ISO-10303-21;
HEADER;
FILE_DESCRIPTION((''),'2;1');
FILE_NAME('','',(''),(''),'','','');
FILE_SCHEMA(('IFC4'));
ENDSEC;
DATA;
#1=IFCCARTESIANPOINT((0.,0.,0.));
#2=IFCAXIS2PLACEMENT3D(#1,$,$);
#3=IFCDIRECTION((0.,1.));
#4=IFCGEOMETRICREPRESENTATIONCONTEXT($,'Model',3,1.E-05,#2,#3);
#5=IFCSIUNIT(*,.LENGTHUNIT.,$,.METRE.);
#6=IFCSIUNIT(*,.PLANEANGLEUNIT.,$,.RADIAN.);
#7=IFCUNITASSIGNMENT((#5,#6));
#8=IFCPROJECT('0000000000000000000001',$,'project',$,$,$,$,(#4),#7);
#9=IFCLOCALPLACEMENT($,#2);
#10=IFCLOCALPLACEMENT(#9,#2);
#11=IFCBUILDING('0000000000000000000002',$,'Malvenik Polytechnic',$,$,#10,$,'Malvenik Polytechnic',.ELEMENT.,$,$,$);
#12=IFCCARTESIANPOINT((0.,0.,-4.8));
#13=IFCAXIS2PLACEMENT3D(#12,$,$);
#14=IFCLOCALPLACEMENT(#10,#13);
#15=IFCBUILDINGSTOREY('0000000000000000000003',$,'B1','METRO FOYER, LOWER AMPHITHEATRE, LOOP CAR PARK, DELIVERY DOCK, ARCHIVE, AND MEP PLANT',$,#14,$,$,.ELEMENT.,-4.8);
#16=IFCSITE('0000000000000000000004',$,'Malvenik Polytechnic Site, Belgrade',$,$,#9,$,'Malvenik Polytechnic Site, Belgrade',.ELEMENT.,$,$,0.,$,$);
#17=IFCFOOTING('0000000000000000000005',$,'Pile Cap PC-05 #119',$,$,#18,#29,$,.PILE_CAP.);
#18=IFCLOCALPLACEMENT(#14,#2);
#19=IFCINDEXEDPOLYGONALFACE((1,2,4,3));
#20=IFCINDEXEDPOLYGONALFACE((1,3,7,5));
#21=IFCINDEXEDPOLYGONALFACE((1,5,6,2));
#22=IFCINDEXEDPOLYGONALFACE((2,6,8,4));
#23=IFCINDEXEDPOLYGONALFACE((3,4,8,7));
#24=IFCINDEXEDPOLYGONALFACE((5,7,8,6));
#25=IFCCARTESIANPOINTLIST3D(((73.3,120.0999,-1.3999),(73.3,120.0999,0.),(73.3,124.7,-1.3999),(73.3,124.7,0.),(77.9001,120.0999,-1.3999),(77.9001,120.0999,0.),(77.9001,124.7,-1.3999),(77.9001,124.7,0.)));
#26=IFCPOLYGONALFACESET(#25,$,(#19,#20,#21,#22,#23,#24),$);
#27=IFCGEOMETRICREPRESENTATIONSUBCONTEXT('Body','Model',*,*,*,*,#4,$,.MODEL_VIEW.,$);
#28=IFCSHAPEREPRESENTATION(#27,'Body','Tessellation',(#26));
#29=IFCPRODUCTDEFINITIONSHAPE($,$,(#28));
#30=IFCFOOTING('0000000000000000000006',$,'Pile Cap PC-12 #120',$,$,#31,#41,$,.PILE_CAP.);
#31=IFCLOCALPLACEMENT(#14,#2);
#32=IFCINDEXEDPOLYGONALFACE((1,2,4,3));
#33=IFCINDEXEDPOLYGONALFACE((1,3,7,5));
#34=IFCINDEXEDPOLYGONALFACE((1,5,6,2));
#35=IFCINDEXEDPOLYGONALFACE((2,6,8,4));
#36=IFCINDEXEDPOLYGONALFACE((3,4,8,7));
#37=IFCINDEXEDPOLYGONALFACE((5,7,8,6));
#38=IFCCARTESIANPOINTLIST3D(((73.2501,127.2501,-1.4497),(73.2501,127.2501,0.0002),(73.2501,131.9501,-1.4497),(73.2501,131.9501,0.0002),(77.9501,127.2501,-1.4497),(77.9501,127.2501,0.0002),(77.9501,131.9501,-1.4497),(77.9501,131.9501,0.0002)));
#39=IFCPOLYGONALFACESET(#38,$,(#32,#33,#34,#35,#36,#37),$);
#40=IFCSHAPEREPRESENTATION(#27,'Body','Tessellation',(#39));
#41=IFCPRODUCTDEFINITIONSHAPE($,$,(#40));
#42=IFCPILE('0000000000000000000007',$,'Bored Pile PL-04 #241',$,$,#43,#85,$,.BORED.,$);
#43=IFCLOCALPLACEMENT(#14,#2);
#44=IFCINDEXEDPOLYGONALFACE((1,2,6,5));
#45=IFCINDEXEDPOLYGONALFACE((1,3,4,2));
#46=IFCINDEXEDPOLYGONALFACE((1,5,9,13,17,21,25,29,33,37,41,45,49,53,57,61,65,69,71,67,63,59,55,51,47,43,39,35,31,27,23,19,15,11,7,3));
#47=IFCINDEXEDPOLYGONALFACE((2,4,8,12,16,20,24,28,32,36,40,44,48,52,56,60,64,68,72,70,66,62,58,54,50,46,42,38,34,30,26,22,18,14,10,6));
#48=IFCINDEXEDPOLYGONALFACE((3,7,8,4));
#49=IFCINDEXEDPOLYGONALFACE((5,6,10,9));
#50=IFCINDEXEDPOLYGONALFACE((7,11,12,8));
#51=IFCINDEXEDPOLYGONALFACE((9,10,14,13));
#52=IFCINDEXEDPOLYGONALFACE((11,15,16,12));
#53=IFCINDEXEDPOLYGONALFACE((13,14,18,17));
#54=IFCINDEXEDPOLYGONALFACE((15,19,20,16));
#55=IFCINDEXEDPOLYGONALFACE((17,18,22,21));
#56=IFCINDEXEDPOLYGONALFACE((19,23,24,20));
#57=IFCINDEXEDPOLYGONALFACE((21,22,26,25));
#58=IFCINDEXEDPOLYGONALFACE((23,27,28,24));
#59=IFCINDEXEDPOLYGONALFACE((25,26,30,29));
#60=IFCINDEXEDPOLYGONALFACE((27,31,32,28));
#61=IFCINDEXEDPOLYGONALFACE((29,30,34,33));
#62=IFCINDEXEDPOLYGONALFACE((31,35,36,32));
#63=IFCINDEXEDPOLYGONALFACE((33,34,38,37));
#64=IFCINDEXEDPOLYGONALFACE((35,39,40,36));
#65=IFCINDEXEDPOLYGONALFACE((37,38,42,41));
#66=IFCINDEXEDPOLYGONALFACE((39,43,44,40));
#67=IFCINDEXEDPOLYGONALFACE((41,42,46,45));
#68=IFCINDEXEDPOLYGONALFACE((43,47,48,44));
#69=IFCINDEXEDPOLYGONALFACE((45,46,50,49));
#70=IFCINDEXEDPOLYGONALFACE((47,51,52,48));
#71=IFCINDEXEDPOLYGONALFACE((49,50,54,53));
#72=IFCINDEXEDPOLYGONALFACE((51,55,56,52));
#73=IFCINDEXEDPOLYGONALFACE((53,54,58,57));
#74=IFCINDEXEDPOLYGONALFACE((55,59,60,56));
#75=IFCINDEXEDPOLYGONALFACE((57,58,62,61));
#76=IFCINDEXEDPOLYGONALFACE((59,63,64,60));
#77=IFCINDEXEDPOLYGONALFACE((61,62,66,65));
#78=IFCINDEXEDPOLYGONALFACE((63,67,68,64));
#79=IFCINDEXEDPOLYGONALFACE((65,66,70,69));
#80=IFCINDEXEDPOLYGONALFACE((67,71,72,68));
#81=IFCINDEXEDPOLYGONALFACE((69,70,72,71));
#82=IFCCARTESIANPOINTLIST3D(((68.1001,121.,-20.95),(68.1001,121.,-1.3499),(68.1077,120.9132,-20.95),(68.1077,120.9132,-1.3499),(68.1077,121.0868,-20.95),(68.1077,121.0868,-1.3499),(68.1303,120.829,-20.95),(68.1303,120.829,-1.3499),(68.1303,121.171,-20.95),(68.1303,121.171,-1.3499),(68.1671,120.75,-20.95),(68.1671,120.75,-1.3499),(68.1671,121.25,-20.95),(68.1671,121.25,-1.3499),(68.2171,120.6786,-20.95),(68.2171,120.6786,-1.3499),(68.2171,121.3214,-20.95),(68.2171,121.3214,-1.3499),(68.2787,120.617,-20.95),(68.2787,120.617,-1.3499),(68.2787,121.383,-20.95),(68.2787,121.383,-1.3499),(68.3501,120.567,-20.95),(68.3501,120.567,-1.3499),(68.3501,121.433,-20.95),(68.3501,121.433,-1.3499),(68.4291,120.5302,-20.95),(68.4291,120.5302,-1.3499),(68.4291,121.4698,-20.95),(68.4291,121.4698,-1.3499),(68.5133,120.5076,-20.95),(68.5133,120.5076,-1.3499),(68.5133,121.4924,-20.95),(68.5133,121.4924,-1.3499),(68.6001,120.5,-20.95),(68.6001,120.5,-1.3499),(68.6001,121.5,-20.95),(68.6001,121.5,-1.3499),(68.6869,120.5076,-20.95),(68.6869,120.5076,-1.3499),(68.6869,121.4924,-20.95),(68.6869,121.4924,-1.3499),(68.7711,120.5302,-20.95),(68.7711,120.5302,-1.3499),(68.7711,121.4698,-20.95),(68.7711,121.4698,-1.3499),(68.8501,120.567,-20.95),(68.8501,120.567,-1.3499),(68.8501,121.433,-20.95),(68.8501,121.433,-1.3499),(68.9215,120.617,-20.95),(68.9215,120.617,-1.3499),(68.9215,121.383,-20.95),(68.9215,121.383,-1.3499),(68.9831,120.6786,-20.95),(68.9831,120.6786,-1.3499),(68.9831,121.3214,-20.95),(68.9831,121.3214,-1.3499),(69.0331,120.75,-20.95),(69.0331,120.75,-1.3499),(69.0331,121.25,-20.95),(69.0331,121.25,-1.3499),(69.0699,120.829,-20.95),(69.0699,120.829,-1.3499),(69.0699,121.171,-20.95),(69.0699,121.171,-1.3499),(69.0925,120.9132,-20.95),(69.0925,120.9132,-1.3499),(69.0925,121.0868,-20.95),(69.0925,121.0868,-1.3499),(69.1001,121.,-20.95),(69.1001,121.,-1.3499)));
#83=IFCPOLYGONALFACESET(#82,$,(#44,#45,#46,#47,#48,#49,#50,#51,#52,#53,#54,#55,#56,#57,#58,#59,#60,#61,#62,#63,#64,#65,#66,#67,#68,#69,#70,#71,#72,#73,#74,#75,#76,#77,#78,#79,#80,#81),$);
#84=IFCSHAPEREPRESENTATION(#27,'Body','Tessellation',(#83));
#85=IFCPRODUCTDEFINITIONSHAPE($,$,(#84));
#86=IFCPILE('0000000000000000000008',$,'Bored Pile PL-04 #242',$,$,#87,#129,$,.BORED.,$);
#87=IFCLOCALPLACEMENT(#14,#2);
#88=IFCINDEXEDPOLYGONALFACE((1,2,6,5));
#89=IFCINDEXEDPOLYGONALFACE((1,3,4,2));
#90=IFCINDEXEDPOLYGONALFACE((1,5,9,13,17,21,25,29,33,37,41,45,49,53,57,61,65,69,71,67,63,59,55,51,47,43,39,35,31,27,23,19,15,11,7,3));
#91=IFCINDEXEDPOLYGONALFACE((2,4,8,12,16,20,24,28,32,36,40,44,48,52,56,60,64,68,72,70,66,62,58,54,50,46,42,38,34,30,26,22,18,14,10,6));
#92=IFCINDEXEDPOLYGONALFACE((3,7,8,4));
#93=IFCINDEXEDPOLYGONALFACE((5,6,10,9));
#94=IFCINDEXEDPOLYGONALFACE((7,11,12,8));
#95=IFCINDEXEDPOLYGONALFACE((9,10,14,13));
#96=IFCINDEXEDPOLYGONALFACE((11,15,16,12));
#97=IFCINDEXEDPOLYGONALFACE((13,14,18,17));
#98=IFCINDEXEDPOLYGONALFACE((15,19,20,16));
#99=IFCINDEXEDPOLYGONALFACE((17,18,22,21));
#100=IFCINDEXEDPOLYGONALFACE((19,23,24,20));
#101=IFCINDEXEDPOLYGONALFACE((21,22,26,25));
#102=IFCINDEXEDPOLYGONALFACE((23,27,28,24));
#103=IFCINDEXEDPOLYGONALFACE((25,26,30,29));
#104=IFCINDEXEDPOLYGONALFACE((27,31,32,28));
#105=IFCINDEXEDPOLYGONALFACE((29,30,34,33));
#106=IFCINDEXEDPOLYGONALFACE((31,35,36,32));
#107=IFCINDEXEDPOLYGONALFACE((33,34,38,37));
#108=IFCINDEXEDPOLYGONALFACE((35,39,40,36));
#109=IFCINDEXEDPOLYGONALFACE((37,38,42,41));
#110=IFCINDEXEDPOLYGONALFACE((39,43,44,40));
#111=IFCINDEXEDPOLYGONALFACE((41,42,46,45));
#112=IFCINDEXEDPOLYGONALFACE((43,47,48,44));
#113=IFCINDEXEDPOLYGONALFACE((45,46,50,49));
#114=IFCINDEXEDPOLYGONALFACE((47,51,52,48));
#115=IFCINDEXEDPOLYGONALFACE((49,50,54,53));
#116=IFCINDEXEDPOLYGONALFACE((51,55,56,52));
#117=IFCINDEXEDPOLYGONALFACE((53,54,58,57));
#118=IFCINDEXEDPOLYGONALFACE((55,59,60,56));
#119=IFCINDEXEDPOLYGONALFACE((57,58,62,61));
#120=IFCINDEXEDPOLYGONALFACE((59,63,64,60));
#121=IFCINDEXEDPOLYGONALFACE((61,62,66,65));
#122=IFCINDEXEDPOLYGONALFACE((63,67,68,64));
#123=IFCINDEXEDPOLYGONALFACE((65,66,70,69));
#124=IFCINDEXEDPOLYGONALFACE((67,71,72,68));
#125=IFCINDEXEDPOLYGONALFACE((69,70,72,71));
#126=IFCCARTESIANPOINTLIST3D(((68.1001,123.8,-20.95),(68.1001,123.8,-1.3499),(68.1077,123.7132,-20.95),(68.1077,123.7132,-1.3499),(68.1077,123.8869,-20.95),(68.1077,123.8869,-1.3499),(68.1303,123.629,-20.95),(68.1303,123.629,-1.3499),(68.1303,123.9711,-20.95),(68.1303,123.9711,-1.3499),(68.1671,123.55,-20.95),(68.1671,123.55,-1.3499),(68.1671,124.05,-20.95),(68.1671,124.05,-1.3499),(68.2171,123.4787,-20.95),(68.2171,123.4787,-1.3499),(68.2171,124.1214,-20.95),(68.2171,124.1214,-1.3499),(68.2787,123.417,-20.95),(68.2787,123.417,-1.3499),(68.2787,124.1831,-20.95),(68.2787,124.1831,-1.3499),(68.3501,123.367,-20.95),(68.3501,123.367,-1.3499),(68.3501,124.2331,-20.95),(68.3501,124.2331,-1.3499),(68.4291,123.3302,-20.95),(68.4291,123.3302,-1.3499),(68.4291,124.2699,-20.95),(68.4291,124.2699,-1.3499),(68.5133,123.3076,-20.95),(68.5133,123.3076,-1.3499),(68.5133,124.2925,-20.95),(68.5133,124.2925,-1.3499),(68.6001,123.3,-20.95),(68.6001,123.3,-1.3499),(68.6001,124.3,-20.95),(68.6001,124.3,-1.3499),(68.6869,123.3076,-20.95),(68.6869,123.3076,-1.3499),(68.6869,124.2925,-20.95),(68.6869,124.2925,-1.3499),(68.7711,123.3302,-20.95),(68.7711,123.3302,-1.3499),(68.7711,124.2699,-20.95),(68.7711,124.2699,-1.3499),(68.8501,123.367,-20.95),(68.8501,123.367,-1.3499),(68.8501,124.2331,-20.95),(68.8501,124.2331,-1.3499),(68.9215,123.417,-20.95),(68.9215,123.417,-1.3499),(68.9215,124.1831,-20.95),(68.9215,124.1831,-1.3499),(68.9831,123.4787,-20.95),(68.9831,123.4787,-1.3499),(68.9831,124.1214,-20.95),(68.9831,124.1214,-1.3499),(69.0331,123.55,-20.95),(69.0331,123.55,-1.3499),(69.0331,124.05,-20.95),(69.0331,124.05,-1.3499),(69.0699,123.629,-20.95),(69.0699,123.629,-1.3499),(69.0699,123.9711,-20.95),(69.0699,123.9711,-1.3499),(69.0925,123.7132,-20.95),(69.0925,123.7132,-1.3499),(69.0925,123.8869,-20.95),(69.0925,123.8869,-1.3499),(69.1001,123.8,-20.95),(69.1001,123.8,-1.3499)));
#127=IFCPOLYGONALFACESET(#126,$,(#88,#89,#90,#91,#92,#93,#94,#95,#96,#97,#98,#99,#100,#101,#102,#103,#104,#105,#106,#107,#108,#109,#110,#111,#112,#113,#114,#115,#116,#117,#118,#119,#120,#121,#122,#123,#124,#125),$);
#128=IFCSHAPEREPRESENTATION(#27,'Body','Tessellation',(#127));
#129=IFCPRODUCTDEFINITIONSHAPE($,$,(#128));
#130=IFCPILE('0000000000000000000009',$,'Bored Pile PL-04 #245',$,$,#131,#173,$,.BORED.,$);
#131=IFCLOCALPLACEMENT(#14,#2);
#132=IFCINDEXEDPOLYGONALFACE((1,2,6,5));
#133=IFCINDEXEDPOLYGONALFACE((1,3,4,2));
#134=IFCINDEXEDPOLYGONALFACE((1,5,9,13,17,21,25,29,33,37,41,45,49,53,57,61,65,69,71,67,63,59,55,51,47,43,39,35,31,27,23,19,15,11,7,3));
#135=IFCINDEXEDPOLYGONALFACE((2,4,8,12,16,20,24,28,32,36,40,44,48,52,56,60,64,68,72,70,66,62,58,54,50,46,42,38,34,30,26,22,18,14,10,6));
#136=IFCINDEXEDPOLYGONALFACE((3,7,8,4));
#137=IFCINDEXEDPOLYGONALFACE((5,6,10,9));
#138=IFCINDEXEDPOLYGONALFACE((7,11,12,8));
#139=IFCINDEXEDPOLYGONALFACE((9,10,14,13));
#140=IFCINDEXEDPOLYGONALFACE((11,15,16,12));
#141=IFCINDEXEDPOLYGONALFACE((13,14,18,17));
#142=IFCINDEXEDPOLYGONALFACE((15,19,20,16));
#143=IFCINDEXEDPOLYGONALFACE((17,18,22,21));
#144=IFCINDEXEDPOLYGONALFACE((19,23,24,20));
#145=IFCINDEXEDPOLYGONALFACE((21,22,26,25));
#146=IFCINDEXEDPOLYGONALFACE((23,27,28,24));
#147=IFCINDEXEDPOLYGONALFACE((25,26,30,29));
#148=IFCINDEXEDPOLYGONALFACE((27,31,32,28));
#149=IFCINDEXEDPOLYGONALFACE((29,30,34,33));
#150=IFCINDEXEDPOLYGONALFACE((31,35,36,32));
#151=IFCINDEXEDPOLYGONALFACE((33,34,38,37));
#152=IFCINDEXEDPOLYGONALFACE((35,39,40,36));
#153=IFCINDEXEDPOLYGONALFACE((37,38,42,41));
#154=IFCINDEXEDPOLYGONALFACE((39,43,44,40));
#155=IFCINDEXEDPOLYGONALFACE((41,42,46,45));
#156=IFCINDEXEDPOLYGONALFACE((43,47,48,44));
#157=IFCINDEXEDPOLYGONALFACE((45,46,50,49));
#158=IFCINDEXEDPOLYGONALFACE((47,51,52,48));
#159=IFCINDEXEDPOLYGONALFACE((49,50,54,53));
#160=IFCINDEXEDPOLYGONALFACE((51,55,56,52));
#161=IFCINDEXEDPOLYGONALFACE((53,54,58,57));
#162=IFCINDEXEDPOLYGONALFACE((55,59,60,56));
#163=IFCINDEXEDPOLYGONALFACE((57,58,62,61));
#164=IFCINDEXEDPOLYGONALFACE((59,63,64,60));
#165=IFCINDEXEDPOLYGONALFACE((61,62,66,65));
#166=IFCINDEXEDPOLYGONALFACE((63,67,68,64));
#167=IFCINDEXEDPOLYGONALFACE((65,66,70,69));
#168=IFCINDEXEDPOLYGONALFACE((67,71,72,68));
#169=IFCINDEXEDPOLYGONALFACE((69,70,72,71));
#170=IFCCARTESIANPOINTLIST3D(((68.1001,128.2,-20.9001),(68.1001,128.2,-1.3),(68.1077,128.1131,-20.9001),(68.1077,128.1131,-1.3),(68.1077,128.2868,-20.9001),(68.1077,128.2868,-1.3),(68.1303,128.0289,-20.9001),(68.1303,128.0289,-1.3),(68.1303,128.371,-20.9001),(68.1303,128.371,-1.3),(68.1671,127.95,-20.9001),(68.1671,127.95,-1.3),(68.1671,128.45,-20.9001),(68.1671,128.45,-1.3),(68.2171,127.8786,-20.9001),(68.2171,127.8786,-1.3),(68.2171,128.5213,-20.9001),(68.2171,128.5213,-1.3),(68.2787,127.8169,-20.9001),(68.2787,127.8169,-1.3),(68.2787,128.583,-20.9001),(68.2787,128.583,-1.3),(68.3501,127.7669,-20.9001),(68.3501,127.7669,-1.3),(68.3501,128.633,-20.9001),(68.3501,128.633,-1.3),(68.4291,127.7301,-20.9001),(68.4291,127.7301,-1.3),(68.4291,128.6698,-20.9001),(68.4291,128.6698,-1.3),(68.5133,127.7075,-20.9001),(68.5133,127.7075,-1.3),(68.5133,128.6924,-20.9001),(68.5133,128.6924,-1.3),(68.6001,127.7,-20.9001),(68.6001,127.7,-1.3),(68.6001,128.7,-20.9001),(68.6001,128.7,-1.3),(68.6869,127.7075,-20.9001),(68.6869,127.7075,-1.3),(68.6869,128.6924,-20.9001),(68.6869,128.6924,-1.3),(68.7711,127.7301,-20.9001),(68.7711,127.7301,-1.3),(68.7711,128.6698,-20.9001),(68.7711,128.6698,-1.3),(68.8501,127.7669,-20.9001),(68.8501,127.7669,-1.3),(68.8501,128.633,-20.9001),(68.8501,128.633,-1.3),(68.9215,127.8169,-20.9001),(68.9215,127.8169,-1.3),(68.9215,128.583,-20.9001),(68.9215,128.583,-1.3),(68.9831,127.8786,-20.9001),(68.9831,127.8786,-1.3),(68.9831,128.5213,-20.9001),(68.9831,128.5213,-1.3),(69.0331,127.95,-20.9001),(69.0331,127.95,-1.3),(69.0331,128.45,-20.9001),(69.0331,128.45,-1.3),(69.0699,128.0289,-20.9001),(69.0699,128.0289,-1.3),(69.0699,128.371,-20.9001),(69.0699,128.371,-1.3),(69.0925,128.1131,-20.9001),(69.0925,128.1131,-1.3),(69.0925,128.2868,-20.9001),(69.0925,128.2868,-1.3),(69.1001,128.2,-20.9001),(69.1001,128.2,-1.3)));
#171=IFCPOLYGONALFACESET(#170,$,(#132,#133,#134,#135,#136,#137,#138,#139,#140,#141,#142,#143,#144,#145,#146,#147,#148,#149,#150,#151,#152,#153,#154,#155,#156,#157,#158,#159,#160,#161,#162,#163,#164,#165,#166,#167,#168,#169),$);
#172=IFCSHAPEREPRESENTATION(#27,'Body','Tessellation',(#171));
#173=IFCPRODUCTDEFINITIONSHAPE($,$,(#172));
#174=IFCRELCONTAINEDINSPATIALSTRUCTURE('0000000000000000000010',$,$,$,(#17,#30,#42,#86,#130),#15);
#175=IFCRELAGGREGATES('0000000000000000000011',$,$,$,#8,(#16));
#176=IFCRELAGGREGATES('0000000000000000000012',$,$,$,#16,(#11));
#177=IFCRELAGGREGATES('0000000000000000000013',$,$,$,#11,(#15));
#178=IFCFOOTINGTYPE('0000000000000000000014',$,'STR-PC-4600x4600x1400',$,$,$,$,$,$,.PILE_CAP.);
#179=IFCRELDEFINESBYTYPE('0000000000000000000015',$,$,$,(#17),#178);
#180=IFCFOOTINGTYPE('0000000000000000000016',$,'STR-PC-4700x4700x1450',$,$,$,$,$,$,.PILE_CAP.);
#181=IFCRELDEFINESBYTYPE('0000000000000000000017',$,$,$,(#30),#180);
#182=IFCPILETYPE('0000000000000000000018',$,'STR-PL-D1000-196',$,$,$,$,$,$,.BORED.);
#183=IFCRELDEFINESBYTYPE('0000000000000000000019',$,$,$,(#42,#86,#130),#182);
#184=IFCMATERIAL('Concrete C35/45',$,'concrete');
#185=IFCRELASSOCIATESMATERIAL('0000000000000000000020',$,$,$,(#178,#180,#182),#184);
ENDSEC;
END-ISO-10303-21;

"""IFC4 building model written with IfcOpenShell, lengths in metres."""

from ifc_helpers import new_model, si_unit, direction, frame, origin, origin_2d, place, context, subcontext, project, spatial, rectangle, circle, extrude, material, material_profile, profile_set, type_object, element, save


model = new_model("IFC4")

# Units and contexts
model_context = context("Model", 3, precision=1e-05, world=origin(), true_north=direction((0.0, 1.0)))
body_context = subcontext(model_context, "Body", "Model", "MODEL_VIEW")
ifc_project = project(units=[si_unit("LENGTHUNIT", "METRE"), si_unit("PLANEANGLEUNIT", "RADIAN")], contexts=[model_context])

# Site, building, storey
site_placement = place(None, origin())
site = spatial("IfcSite", under=ifc_project, at=site_placement, Name="Malvenik Polytechnic Site, Belgrade", LongName="Malvenik Polytechnic Site, Belgrade", CompositionType="ELEMENT", RefElevation=0.0)
building_placement = place(site_placement, origin())
building = spatial("IfcBuilding", under=site, at=building_placement, Name="Malvenik Polytechnic", LongName="Malvenik Polytechnic", CompositionType="ELEMENT")
storey_placement = place(building_placement, frame((0.0, 0.0, -4.8)))
storey = spatial("IfcBuildingStorey", under=building, at=storey_placement, Name="B1", Description="METRO FOYER, LOWER AMPHITHEATRE, LOOP CAR PARK, DELIVERY DOCK, ARCHIVE, AND MEP PLANT", CompositionType="ELEMENT", Elevation=-4.8)

# Footings
ifc_material_1 = material(Name="Concrete C35/45", Category="concrete")
footing_type_1 = type_object("IfcFootingType", Name="STR-PC-4600x4600x1400", PredefinedType="PILE_CAP", material=ifc_material_1)
footing_1_placement = place(storey_placement, frame((75.6001, 122.3999, -1.3999), z_axis=(0.0, 0.0, 1.0), x_axis=(1.0, 0.0, 0.0)))
element("IfcFooting", 1, at=footing_1_placement, inside=storey, type_object=footing_type_1, Name="Pile Cap PC-05 #119", PredefinedType="PILE_CAP", context=body_context, shape_type="SweptSolid", body=[
    extrude(rectangle(XDim=4.6001, YDim=4.6001, at=origin_2d()), origin(), (0.0, 0.0, 1.0), 1.3999),
])
footing_type_2 = type_object("IfcFootingType", Name="STR-PC-4700x4700x1450", PredefinedType="PILE_CAP", material=ifc_material_1)
footing_2_placement = place(storey_placement, frame((75.6001, 129.6001, -1.4497), z_axis=(0.0, 0.0, 1.0), x_axis=(1.0, 0.0, 0.0)))
element("IfcFooting", 2, at=footing_2_placement, inside=storey, type_object=footing_type_2, Name="Pile Cap PC-12 #120", PredefinedType="PILE_CAP", context=body_context, shape_type="SweptSolid", body=[
    extrude(rectangle(XDim=4.7, YDim=4.7, at=origin_2d()), origin(), (0.0, 0.0, 1.0), 1.45),
])

# Piles
ifc_material_profile_1 = material_profile(ifc_material_1, circle(Radius=0.5, at=origin_2d()), Name="BORED PILE D1000")
ifc_profile_set_1 = profile_set([ifc_material_profile_1], Name="Concrete C35/45")
pile_type = type_object("IfcPileType", Name="STR-PL-D1000-196", PredefinedType="BORED", material=ifc_profile_set_1)
for number, where, z_axis, x_axis, name in (
    (3, (68.6001, 121.0, -1.3499), (0.0, 0.0, -1.0), (1.0, 0.0, 0.0), "Bored Pile PL-04 #241"),
    (4, (68.6001, 123.8, -1.3499), (0.0, 0.0, -1.0), (1.0, 0.0, 0.0), "Bored Pile PL-04 #242"),
    (5, (68.6001, 128.2, -1.3), (0.0, 0.0, -1.0), (1.0, 0.0, 0.0), "Bored Pile PL-04 #245"),
):
    element("IfcPile", number, at=place(storey_placement, frame(where, z_axis=z_axis, x_axis=x_axis)), inside=storey, type_object=pile_type, Name=name, PredefinedType="BORED", context=body_context, shape_type="SweptSolid", body=[
        extrude(circle(Radius=0.5, at=origin_2d()), origin(), (0.0, 0.0, 1.0), 19.6001),
    ])

save(model, "model.ifc")
